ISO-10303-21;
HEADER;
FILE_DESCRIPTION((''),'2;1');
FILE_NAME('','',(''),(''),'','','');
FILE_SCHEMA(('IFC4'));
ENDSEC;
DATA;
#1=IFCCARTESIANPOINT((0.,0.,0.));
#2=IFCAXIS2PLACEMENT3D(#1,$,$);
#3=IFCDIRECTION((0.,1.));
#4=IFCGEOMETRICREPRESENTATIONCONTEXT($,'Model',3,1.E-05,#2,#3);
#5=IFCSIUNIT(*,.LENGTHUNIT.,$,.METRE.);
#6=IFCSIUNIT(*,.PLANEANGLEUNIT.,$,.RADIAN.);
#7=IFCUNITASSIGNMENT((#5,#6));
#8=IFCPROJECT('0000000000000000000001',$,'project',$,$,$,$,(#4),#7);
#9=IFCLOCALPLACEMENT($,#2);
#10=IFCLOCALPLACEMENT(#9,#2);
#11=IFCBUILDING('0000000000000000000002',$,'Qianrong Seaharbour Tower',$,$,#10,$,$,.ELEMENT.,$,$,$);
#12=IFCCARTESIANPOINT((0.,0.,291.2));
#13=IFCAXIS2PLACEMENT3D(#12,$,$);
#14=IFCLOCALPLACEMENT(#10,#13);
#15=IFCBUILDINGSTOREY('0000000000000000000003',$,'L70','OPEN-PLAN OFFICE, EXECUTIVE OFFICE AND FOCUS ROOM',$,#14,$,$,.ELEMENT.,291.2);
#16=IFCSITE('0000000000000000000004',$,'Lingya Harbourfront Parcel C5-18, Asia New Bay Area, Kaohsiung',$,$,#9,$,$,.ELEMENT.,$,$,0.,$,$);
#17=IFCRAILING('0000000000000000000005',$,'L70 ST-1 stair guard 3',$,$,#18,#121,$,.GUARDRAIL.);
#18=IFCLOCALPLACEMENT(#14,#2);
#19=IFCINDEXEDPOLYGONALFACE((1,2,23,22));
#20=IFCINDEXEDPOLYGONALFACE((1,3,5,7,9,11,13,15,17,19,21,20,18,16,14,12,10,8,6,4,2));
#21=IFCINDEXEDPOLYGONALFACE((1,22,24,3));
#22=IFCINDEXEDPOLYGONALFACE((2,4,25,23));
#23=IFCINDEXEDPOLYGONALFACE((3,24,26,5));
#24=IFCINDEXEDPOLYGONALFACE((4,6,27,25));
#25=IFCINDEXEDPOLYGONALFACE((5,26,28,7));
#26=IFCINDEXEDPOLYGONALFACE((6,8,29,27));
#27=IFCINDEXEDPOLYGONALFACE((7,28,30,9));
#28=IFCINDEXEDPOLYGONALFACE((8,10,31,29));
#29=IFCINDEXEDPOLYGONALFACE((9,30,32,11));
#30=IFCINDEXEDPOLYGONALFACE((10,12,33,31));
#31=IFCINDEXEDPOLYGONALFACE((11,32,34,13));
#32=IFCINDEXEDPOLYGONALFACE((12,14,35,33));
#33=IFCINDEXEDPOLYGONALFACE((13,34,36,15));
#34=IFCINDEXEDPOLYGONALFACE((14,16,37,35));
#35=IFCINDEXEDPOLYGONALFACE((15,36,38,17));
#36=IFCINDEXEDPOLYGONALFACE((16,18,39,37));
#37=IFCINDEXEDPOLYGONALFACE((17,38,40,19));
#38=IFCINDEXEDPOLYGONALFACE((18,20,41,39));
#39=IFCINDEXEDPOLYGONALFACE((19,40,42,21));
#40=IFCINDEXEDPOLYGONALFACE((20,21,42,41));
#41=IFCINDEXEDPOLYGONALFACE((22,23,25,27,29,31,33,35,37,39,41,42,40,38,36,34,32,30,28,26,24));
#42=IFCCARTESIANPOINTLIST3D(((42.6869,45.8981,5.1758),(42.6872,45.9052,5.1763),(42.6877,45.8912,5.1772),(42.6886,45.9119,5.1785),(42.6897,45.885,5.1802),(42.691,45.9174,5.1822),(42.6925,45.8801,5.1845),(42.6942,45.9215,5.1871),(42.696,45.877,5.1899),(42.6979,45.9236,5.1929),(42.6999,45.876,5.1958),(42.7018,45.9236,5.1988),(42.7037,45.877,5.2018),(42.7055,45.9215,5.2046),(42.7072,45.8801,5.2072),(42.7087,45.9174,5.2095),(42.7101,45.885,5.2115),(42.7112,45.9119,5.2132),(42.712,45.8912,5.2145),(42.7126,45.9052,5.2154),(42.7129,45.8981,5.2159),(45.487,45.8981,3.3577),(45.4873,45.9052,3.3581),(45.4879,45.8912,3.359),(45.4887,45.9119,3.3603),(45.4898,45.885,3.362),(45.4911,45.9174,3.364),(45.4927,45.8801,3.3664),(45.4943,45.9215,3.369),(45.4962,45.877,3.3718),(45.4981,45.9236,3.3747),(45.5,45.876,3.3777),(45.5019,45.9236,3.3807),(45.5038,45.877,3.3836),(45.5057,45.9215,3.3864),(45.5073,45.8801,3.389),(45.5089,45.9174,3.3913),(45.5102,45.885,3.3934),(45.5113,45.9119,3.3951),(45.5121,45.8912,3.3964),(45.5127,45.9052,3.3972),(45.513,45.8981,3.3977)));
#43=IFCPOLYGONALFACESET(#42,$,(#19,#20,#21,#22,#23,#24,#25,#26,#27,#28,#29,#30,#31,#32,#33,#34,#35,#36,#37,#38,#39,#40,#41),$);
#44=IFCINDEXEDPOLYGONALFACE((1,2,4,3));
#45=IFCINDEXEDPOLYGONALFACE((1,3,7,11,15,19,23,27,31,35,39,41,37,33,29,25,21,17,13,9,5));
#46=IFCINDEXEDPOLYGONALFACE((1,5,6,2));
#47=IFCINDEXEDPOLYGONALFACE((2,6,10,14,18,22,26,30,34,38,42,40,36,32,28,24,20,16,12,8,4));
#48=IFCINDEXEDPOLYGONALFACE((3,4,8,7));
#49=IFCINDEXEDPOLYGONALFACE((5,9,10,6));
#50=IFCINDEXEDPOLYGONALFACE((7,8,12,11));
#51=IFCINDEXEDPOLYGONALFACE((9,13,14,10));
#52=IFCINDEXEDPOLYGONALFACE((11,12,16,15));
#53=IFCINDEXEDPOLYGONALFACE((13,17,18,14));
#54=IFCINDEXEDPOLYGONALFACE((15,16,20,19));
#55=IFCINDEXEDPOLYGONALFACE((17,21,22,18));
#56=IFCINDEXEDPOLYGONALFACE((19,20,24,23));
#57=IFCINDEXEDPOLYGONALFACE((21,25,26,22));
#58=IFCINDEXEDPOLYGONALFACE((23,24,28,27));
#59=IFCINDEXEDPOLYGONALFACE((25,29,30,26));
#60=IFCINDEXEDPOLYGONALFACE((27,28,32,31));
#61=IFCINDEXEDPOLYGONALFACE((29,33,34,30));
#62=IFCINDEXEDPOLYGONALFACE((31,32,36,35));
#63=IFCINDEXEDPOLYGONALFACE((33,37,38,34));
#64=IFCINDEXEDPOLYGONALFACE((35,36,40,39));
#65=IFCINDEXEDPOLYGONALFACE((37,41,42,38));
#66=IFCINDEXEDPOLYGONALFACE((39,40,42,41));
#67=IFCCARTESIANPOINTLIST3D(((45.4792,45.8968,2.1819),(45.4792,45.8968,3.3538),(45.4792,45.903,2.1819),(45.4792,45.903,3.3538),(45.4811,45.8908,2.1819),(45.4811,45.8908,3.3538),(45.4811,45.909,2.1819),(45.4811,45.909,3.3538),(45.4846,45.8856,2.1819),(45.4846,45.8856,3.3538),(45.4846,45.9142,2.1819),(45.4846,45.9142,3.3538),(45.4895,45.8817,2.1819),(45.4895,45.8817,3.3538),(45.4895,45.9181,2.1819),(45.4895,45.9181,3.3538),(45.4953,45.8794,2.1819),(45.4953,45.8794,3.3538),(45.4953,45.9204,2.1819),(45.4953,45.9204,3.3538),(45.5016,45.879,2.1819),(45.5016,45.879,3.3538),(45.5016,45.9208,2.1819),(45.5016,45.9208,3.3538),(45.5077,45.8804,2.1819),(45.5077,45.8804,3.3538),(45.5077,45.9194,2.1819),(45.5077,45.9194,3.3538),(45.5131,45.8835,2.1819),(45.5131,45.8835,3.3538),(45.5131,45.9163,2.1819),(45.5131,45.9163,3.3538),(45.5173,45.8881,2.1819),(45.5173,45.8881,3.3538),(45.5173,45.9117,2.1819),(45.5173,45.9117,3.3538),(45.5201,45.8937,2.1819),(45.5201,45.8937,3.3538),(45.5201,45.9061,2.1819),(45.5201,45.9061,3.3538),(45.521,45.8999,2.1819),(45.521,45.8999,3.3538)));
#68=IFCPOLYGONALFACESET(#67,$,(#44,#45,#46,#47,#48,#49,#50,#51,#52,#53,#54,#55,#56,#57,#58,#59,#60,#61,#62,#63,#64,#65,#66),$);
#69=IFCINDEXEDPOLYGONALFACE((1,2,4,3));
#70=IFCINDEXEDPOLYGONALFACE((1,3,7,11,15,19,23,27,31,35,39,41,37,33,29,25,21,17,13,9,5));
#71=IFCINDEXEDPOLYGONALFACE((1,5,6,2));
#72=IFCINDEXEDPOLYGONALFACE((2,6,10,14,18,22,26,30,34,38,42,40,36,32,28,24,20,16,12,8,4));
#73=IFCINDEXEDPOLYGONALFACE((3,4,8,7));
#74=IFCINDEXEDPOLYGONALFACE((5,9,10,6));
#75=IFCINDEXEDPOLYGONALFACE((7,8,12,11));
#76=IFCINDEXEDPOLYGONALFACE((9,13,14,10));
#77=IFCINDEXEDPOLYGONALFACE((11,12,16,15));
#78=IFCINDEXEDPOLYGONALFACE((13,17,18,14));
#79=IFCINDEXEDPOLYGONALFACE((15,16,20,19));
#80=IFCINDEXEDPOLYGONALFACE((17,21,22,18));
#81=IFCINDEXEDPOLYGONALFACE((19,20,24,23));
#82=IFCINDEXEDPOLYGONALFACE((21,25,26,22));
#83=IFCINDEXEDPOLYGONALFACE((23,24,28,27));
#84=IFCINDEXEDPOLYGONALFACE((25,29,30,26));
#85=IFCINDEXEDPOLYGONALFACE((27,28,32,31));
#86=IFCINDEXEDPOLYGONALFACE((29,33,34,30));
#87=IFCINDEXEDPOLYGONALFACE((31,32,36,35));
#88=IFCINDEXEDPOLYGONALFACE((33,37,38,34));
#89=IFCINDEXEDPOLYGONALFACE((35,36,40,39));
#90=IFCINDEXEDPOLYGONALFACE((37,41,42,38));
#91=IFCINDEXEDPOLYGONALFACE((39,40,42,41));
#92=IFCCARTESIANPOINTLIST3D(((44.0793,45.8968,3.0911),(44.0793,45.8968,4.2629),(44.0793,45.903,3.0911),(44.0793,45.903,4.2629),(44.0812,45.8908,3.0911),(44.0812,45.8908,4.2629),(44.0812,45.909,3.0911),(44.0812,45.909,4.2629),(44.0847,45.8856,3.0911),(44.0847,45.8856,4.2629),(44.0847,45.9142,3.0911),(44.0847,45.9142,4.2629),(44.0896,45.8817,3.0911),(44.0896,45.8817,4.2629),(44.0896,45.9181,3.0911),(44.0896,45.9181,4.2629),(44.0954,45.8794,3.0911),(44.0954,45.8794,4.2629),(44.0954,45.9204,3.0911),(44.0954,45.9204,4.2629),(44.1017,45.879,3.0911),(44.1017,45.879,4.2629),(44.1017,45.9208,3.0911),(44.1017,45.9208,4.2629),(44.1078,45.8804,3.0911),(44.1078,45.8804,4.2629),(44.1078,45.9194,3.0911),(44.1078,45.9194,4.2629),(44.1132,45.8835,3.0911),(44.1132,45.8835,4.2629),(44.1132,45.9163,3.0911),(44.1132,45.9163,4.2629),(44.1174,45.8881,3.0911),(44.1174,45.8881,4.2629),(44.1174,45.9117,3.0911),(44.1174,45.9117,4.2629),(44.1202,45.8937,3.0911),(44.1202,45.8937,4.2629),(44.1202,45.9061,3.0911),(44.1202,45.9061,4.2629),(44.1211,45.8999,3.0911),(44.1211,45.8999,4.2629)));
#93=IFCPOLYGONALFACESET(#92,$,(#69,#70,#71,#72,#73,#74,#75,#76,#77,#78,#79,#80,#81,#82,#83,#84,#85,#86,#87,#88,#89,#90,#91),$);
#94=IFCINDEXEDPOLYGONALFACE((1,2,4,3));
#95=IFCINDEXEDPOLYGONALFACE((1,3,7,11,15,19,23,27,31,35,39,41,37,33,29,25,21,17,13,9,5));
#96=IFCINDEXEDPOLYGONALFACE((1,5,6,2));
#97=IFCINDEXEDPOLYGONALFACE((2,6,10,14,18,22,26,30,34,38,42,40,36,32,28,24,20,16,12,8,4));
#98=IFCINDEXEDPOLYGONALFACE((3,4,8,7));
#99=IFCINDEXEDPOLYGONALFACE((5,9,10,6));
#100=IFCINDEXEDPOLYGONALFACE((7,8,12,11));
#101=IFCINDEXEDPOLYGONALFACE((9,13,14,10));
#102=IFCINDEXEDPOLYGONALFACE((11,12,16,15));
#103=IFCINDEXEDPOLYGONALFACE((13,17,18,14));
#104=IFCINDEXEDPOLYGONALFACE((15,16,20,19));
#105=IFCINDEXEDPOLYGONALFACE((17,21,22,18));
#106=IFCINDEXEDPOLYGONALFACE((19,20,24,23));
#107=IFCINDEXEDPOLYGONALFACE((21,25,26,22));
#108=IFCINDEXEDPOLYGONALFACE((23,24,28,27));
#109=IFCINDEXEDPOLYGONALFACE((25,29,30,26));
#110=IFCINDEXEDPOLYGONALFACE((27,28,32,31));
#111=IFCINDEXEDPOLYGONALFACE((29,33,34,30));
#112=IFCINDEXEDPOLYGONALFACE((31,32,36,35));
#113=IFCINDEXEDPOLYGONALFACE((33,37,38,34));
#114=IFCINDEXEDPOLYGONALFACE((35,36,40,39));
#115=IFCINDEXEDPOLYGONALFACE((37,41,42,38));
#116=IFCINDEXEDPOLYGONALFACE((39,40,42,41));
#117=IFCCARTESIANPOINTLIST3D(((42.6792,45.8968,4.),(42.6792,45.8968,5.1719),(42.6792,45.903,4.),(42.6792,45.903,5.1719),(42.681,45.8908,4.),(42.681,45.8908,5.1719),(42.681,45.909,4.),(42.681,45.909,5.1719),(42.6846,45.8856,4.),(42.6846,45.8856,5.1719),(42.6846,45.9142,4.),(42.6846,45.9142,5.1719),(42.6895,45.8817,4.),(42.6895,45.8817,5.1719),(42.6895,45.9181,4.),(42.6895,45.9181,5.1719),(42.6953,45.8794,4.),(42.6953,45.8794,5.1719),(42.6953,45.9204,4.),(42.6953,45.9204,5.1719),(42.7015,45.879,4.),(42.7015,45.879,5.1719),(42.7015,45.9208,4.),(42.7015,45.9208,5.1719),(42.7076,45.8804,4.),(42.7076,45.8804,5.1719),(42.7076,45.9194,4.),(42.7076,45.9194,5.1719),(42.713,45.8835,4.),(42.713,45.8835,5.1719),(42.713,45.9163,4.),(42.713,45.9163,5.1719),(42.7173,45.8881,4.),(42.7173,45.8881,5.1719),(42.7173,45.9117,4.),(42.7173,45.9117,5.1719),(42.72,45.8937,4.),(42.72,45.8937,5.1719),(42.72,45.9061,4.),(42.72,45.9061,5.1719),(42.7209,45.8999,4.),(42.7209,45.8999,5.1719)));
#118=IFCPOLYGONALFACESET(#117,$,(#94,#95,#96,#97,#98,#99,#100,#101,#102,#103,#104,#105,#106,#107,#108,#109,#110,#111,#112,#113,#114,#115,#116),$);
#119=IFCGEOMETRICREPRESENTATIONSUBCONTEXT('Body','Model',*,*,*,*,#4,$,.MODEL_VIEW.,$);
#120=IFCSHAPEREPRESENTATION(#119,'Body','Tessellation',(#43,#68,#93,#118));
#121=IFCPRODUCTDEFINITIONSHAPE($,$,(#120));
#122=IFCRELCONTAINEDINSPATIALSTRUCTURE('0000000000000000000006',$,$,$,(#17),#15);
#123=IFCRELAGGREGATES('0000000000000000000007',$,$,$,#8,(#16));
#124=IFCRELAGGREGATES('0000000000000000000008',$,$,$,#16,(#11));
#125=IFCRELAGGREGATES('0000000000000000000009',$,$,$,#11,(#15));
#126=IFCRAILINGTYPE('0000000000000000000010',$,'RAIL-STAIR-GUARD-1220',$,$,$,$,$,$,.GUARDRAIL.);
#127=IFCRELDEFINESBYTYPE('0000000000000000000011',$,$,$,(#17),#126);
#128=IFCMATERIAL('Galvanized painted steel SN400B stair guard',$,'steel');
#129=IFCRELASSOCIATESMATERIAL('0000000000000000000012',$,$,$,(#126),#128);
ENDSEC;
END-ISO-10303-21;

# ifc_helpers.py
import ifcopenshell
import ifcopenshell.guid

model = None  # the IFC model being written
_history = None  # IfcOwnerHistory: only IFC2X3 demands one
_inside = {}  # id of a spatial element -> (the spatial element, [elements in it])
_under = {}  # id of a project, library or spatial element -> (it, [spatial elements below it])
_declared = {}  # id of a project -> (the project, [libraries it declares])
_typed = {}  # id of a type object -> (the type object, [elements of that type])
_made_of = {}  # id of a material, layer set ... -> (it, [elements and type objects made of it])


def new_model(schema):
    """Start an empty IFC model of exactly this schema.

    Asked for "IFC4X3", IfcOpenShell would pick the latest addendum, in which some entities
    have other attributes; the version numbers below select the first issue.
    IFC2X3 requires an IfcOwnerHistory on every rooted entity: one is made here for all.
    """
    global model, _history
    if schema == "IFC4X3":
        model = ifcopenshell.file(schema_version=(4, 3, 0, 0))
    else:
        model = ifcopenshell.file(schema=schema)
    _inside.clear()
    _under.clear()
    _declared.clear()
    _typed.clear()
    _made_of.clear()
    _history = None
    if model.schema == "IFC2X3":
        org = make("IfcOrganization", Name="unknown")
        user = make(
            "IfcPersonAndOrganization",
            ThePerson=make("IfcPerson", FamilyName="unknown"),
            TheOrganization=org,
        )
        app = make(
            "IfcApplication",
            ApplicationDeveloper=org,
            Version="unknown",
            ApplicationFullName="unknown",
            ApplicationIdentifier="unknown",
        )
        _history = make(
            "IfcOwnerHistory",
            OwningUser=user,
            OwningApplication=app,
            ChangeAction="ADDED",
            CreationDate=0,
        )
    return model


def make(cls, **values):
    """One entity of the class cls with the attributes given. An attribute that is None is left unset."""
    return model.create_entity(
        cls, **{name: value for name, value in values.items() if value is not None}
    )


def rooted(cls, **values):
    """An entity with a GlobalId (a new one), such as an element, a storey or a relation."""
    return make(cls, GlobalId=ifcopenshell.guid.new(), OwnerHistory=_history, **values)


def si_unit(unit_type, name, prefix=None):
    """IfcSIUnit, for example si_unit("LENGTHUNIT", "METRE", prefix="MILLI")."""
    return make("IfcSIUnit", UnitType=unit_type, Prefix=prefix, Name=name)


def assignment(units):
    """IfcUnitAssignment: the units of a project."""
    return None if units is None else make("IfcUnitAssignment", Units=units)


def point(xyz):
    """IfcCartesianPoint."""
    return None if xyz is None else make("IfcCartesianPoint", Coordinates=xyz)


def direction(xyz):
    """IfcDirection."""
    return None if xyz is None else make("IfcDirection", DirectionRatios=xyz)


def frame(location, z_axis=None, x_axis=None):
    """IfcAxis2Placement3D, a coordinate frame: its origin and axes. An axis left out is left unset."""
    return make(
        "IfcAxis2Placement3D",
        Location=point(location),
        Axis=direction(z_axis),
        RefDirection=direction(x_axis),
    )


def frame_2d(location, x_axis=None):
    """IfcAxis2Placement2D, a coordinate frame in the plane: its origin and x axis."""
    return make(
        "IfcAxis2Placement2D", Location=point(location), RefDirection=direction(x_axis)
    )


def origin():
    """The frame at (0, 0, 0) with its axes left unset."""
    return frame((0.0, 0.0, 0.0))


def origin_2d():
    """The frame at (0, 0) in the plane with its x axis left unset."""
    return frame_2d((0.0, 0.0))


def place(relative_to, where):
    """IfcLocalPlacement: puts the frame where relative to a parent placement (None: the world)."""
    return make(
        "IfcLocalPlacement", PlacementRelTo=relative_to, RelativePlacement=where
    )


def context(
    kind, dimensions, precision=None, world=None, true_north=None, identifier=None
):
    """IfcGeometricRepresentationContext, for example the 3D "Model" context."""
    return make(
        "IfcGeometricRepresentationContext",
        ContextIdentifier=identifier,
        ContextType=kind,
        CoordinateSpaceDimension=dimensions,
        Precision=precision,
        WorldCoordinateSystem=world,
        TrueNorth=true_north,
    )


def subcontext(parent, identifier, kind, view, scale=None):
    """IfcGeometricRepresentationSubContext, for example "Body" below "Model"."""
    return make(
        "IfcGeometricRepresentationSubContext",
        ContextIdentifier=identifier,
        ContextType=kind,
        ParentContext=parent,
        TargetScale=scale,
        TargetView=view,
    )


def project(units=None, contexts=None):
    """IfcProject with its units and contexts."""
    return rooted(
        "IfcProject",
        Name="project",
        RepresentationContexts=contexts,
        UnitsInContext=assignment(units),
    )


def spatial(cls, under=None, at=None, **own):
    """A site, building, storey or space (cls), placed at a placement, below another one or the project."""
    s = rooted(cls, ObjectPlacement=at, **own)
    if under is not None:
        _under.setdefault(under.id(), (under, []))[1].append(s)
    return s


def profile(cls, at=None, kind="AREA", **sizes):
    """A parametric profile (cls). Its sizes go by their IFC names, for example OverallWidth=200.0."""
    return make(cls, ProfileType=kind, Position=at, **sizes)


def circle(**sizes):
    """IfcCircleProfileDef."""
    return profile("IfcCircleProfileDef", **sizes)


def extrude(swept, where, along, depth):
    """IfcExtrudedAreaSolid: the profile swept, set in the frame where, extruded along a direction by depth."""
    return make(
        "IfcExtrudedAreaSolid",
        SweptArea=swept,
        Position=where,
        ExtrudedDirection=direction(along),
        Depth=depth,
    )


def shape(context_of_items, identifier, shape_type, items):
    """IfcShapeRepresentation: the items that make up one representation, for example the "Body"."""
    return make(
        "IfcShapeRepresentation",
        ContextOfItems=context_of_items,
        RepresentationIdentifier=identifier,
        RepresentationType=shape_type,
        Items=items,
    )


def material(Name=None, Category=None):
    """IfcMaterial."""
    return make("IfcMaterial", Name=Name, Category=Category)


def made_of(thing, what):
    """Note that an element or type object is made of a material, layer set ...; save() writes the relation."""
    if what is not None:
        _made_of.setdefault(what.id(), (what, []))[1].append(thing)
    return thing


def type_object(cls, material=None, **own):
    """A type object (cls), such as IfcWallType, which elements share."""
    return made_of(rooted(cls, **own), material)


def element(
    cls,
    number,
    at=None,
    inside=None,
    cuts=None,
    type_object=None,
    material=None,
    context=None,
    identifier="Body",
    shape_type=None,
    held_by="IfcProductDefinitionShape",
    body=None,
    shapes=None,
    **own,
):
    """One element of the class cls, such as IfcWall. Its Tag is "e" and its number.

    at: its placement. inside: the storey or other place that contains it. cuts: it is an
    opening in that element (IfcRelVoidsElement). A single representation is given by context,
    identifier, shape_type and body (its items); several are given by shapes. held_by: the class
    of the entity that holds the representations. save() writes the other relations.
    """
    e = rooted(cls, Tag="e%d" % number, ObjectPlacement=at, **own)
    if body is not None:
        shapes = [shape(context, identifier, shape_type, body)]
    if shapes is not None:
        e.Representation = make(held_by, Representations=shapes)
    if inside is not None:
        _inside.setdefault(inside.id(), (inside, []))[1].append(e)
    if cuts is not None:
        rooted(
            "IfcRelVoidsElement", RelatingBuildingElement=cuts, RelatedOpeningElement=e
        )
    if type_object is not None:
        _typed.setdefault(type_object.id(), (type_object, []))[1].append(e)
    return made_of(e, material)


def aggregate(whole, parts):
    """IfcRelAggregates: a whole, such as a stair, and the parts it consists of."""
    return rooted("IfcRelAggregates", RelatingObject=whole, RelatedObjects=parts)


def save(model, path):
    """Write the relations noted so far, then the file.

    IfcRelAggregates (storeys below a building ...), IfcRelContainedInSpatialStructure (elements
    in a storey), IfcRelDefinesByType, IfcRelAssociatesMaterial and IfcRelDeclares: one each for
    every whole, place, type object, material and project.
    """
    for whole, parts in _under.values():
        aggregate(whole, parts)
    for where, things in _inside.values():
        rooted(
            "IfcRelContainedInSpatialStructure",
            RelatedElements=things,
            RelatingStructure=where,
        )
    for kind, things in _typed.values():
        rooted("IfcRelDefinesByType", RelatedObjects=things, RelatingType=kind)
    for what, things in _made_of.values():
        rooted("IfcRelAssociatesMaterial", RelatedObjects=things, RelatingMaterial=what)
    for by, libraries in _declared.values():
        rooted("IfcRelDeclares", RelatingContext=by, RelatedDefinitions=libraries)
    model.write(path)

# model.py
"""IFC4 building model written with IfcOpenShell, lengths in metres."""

from ifc_helpers import new_model, si_unit, direction, frame, origin, origin_2d, place, context, subcontext, project, spatial, circle, extrude, material, type_object, element, save


model = new_model("IFC4")

# Units and contexts
model_context = context("Model", 3, precision=1e-05, world=origin(), true_north=direction((0.0, 1.0)))
body_context = subcontext(model_context, "Body", "Model", "MODEL_VIEW")
ifc_project = project(units=[si_unit("LENGTHUNIT", "METRE"), si_unit("PLANEANGLEUNIT", "RADIAN")], contexts=[model_context])

# Site, building, storey
site_placement = place(None, origin())
site = spatial("IfcSite", under=ifc_project, at=site_placement, Name="Lingya Harbourfront Parcel C5-18, Asia New Bay Area, Kaohsiung", CompositionType="ELEMENT", RefElevation=0.0)
building_placement = place(site_placement, origin())
building = spatial("IfcBuilding", under=site, at=building_placement, Name="Qianrong Seaharbour Tower", CompositionType="ELEMENT")
storey_placement = place(building_placement, frame((0.0, 0.0, 291.2)))
storey = spatial("IfcBuildingStorey", under=building, at=storey_placement, Name="L70", Description="OPEN-PLAN OFFICE, EXECUTIVE OFFICE AND FOCUS ROOM", CompositionType="ELEMENT", Elevation=291.2)

# Railing
ifc_material_1 = material(Name="Galvanized painted steel SN400B stair guard", Category="steel")
railing_type_1 = type_object("IfcRailingType", Name="RAIL-STAIR-GUARD-1220", PredefinedType="GUARDRAIL", material=ifc_material_1)
railing_1_placement = place(storey_placement, frame((45.5, 45.8999, 2.1819)))
element("IfcRailing", 1, at=railing_1_placement, inside=storey, type_object=railing_type_1, Name="L70 ST-1 stair guard 3", PredefinedType="GUARDRAIL", context=body_context, shape_type="SweptSolid", body=[
    extrude(circle(Radius=0.0239, at=origin_2d()), frame((0.0, 0.0, 1.1958), z_axis=(-0.838706, 0.0, 0.544585), x_axis=(0.0, -1.0, 0.0)), (0.0, 0.0, 1.0), 3.3386),
    extrude(circle(Radius=0.021, at=origin_2d()), origin(), (0.0, 0.0, 1.0), 1.1719),
    extrude(circle(Radius=0.021, at=origin_2d()), frame((-1.3999, 0.0, 0.9092)), (0.0, 0.0, 1.0), 1.1719),
    extrude(circle(Radius=0.021, at=origin_2d()), frame((-2.8, 0.0, 1.8181)), (0.0, 0.0, 1.0), 1.1719),
])

save(model, "model.ifc")
